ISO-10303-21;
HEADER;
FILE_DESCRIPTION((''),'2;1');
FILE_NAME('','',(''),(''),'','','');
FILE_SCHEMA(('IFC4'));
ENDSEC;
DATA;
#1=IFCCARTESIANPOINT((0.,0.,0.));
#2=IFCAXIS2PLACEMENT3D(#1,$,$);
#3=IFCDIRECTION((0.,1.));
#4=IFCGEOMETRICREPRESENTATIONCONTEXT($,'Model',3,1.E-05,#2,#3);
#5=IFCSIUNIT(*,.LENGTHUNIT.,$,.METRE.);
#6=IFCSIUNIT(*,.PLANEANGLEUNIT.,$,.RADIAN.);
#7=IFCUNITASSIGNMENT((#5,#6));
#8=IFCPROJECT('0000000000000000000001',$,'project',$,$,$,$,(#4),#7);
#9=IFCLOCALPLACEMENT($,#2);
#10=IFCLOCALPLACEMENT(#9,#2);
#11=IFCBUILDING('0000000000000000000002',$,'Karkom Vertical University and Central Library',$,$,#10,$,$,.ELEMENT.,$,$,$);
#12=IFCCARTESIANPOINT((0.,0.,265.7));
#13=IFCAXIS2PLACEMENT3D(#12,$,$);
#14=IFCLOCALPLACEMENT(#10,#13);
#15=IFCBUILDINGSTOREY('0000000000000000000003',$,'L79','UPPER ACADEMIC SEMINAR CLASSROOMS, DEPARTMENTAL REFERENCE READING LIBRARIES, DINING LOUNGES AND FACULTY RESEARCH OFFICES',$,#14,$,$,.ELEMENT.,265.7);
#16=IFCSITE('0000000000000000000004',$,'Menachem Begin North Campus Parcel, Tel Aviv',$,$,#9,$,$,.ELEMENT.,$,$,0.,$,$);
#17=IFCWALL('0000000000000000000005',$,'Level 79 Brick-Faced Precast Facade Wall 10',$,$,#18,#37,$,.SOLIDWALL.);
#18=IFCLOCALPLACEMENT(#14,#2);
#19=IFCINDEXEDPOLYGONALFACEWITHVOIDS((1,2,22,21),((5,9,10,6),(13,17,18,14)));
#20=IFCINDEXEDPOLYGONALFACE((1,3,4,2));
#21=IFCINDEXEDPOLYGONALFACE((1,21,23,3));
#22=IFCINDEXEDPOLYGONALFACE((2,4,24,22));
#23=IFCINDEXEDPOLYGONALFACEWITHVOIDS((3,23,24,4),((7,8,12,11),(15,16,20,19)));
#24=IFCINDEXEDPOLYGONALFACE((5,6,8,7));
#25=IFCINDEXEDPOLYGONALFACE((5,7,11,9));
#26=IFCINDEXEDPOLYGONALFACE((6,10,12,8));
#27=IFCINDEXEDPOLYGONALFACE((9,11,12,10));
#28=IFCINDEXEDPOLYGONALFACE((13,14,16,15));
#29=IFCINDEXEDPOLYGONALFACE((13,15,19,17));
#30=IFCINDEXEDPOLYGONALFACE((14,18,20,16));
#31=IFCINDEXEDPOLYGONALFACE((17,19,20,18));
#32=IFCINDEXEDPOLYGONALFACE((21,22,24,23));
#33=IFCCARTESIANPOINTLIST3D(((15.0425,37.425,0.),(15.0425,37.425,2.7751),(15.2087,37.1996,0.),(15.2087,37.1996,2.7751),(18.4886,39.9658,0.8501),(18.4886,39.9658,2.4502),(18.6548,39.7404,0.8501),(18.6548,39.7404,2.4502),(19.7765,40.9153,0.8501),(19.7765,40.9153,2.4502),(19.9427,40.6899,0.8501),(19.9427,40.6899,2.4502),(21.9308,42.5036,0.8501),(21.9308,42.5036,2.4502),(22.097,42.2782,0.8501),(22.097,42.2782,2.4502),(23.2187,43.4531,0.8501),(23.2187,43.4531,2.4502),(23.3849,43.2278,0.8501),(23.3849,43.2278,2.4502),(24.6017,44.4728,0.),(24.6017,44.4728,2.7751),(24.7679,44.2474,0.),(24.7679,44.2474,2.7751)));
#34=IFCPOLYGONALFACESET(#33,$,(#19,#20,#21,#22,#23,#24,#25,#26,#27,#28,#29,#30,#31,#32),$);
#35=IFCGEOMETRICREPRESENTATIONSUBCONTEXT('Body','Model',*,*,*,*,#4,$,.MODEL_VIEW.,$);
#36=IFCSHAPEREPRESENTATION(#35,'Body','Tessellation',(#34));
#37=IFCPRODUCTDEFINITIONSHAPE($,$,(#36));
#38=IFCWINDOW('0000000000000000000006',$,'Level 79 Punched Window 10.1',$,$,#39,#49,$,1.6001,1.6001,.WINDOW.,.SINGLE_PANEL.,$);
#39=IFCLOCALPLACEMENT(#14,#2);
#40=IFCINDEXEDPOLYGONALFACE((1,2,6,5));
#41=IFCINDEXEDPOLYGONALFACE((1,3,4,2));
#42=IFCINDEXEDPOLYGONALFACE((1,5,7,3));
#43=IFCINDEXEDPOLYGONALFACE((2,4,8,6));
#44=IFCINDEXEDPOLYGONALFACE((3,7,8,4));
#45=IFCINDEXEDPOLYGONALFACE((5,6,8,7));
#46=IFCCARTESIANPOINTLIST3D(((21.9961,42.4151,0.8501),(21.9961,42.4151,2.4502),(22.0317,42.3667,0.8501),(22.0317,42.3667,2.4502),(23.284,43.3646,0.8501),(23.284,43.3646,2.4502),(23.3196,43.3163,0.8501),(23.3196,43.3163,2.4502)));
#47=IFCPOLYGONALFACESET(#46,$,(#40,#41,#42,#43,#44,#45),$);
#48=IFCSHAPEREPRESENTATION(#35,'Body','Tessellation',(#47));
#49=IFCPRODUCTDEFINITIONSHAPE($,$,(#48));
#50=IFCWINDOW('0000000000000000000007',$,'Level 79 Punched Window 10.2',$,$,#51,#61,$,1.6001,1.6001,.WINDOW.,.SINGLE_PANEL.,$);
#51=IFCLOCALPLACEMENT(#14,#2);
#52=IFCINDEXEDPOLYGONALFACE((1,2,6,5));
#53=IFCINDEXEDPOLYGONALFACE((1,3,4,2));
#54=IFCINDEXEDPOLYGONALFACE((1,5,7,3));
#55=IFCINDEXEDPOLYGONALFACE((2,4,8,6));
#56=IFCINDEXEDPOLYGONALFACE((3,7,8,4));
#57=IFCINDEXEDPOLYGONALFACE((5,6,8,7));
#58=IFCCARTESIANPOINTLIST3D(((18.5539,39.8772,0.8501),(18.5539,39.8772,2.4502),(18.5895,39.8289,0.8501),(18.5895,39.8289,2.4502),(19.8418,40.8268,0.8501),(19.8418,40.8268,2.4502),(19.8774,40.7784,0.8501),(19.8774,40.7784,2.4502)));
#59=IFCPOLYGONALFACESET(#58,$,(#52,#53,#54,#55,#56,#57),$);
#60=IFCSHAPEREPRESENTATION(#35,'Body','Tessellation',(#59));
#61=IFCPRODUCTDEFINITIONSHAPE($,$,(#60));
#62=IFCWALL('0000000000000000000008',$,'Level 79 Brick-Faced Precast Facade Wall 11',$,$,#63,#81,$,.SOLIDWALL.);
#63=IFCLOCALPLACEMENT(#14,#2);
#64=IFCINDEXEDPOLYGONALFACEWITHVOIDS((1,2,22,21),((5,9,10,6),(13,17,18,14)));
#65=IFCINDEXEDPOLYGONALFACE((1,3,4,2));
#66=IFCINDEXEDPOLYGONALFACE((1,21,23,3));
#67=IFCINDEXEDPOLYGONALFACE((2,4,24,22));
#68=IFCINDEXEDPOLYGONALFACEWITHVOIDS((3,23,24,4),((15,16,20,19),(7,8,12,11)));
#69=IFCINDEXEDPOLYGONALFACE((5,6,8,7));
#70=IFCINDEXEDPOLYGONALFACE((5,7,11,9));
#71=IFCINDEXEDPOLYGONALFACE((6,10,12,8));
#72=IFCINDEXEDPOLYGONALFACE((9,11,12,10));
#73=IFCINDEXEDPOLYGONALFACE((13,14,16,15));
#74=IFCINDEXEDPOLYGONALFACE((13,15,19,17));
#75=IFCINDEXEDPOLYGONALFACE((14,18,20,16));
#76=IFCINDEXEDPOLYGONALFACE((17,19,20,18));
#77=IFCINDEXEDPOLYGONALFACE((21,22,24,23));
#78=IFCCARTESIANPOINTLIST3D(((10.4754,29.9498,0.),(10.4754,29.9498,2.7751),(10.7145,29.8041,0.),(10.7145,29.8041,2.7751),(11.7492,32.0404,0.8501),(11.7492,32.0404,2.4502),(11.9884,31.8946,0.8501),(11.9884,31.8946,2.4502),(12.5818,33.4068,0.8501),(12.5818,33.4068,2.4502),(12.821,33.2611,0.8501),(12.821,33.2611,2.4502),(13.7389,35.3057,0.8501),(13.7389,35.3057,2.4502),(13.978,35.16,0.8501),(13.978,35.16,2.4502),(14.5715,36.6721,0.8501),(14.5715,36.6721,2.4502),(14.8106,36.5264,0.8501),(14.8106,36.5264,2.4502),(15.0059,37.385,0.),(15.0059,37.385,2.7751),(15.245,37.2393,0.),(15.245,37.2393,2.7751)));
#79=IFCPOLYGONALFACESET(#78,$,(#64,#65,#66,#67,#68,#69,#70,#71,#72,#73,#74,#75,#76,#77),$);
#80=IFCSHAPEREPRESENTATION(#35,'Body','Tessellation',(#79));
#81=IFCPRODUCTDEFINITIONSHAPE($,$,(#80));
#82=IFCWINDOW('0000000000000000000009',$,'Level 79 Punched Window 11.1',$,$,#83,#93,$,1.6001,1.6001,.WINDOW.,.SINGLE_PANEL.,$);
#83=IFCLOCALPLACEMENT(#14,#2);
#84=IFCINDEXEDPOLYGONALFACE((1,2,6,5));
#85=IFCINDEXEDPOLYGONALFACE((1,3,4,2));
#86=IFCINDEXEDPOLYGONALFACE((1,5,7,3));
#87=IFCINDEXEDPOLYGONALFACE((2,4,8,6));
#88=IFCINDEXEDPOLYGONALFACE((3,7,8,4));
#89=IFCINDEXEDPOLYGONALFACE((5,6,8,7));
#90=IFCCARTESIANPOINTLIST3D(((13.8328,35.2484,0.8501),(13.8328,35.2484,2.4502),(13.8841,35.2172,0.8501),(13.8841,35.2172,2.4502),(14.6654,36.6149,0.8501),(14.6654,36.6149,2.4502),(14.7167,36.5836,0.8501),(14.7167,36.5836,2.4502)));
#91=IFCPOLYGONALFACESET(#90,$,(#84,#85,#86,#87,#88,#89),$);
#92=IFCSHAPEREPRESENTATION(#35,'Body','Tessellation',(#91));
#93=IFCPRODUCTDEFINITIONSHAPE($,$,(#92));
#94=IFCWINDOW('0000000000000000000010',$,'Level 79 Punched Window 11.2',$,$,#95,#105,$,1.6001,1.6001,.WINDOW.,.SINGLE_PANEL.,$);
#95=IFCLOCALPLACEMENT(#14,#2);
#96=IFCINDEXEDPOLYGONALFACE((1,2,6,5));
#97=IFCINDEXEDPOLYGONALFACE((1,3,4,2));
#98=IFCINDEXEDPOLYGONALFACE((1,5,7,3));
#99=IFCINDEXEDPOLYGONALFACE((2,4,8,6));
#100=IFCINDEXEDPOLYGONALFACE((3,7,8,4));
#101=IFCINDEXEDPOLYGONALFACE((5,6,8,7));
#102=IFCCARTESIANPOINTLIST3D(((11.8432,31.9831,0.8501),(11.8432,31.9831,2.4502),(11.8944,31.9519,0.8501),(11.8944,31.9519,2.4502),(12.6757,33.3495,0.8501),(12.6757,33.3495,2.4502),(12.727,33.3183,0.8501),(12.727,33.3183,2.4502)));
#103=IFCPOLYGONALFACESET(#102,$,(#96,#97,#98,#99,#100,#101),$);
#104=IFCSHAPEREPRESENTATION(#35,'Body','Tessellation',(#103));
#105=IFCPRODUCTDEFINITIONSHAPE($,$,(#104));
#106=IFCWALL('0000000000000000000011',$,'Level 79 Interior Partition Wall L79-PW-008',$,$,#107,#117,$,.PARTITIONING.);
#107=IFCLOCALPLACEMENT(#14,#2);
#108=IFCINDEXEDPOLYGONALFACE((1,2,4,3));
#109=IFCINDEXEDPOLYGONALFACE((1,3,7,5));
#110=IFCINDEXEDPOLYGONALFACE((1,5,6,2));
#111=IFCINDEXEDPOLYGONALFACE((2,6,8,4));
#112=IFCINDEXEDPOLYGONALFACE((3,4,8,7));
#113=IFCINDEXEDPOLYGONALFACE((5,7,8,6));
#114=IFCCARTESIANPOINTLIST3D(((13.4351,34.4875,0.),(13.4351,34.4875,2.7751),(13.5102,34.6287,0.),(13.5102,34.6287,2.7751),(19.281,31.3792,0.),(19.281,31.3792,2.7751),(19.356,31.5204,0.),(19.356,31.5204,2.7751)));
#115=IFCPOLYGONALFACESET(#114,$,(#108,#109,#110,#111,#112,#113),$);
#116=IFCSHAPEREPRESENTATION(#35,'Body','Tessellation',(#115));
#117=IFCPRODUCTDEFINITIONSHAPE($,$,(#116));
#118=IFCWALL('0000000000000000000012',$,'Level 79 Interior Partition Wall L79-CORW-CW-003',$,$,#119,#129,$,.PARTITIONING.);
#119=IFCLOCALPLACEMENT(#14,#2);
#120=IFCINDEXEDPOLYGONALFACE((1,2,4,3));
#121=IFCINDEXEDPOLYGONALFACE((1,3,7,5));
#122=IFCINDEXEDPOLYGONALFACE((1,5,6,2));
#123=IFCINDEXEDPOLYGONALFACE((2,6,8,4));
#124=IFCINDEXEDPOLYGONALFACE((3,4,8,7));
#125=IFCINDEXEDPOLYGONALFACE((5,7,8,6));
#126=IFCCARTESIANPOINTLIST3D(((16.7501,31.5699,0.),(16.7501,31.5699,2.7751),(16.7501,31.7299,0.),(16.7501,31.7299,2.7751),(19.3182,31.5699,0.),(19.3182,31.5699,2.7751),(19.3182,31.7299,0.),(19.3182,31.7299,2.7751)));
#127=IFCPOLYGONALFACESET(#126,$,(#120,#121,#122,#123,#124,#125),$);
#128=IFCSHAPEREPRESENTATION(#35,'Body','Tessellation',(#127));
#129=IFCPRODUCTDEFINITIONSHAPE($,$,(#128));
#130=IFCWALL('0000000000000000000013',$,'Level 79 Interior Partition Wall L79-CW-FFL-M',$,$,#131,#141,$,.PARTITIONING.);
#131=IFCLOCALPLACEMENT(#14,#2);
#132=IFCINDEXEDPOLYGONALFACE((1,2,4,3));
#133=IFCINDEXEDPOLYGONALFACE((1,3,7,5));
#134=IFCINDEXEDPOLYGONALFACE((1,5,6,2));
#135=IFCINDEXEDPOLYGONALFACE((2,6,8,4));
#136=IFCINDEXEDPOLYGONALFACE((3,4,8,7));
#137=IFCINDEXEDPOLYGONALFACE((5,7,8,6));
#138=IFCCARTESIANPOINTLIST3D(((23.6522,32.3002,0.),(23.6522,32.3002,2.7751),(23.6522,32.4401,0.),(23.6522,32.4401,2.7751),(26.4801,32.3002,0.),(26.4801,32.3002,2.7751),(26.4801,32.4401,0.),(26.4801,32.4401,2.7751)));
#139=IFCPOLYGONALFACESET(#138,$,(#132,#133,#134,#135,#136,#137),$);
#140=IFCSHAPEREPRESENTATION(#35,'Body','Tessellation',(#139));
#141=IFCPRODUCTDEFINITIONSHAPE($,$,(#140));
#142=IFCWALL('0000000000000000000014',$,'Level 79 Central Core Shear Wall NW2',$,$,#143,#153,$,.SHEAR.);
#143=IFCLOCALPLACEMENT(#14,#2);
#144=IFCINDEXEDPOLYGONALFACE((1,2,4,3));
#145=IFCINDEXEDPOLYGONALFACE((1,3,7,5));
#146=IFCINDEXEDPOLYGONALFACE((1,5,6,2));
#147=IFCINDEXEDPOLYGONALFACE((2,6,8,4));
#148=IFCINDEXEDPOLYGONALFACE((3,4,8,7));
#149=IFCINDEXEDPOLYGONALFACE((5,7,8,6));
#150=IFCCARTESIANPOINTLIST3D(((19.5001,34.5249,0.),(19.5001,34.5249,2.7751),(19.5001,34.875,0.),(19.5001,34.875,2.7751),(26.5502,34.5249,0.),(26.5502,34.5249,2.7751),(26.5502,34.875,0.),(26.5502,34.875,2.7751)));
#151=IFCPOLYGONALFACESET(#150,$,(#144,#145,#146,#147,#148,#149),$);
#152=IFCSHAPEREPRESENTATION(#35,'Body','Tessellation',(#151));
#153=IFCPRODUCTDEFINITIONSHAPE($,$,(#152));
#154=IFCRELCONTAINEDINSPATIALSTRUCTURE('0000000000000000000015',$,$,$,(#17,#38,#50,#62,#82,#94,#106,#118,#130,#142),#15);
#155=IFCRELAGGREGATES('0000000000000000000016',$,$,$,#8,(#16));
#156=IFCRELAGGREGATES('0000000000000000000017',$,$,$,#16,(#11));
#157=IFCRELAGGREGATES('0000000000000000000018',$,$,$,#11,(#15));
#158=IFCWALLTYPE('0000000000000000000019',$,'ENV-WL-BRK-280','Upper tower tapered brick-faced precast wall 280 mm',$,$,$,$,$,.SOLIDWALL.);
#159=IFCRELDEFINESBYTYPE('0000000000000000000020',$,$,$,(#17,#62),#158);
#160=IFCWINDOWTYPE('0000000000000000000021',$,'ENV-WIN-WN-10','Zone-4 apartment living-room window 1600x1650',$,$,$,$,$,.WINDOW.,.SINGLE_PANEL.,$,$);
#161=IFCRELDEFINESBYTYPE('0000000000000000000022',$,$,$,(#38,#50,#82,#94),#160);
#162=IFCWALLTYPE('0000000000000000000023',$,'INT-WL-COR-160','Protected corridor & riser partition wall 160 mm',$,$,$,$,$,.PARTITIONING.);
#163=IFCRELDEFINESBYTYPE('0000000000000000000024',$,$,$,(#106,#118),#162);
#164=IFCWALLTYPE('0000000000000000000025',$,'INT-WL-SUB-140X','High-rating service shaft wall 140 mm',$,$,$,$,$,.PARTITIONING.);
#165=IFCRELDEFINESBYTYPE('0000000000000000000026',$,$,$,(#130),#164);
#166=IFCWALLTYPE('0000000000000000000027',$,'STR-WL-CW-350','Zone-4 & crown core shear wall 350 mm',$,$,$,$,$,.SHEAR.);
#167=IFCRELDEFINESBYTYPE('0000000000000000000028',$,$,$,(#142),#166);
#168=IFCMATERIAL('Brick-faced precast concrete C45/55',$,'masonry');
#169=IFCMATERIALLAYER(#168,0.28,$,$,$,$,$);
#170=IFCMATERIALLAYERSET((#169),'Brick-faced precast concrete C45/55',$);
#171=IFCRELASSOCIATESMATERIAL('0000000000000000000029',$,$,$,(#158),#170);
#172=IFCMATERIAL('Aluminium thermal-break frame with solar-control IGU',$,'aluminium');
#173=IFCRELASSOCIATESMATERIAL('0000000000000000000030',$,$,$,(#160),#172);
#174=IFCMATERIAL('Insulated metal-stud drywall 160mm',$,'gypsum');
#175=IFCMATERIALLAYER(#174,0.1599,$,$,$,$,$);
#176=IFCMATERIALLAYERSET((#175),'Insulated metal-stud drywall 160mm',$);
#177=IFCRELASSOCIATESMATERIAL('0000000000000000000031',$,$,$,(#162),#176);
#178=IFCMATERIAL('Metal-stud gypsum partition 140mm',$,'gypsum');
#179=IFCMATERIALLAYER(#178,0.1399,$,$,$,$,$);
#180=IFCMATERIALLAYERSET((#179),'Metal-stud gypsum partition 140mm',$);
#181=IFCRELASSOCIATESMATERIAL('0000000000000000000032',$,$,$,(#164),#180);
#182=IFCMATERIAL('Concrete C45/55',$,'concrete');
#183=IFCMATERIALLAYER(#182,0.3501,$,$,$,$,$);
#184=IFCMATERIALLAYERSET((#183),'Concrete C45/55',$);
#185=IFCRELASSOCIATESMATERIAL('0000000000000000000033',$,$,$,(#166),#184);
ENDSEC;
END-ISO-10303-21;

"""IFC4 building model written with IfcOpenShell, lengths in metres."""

from ifc_helpers import new_model, si_unit, direction, frame, frame_2d, origin, origin_with_axes, place, context, subcontext, project, spatial, rectangle, extrude, source, transform, mapped, material, layer, layer_set, type_object, element, fill, save


model = new_model("IFC4")

# Units and contexts
model_context = context("Model", 3, precision=1e-05, world=origin(), true_north=direction((0.0, 1.0)))
body_context = subcontext(model_context, "Body", "Model", "MODEL_VIEW")
ifc_project = project(units=[si_unit("LENGTHUNIT", "METRE"), si_unit("PLANEANGLEUNIT", "RADIAN")], contexts=[model_context])

# Site, building, storey
site_placement = place(None, origin())
site = spatial("IfcSite", under=ifc_project, at=site_placement, Name="Menachem Begin North Campus Parcel, Tel Aviv", CompositionType="ELEMENT", RefElevation=0.0)
building_placement = place(site_placement, origin())
building = spatial("IfcBuilding", under=site, at=building_placement, Name="Karkom Vertical University and Central Library", CompositionType="ELEMENT")
storey_placement = place(building_placement, frame((0.0, 0.0, 265.7)))
storey = spatial("IfcBuildingStorey", under=building, at=storey_placement, Name="L79", Description="UPPER ACADEMIC SEMINAR CLASSROOMS, DEPARTMENTAL REFERENCE READING LIBRARIES, DINING LOUNGES AND FACULTY RESEARCH OFFICES", CompositionType="ELEMENT", Elevation=265.7)

# Shared definitions
ifc_material_1 = material(Name="Concrete C45/55", Category="concrete")

# Walls, openings, windows
ifc_material_2 = material(Name="Brick-faced precast concrete C45/55", Category="masonry")
ifc_layer_1 = layer(ifc_material_2, 0.28)
ifc_layer_set_1 = layer_set([ifc_layer_1], Name="Brick-faced precast concrete C45/55")
wall_type_1 = type_object("IfcWallType", Name="ENV-WL-BRK-280", Description="Upper tower tapered brick-faced precast wall 280 mm", PredefinedType="SOLIDWALL", material=ifc_layer_set_1)
wall_1_placement = place(storey_placement, frame((24.6848, 44.3601, 0.0), z_axis=(0.0, 0.0, 1.0), x_axis=(-0.804889, -0.593425, 0.0)))
wall_1 = element("IfcWall", 1, at=wall_1_placement, inside=storey, type_object=wall_type_1, Name="Level 79 Brick-Faced Precast Facade Wall 10", PredefinedType="SOLIDWALL", context=body_context, shape_type="SweptSolid", body=[
    extrude(rectangle(XDim=11.8765, YDim=0.28, at=frame_2d((5.9382, 0.0))), origin(), (0.0, 0.0, 1.0), 2.7751),
])
opening_1_placement = place(wall_1_placement, frame((1.7183, 0.0, 0.8501)))
opening_1 = element("IfcOpeningElement", 2, at=opening_1_placement, cuts=wall_1, PredefinedType="OPENING", context=body_context, shape_type="SweptSolid", body=[
    extrude(rectangle(XDim=1.6001, YDim=1.6001, at=frame_2d((0.8, 0.8))), frame((0.0, 0.1499, 0.0), z_axis=(0.0, -1.0, 0.0), x_axis=(1.0, 0.0, 0.0)), (0.0, 0.0, 1.0), 0.3),
])
opening_2_placement = place(wall_1_placement, frame((5.9949, 0.0, 0.8501)))
opening_2 = element("IfcOpeningElement", 3, at=opening_2_placement, cuts=wall_1, PredefinedType="OPENING", context=body_context, shape_type="SweptSolid", body=[
    extrude(rectangle(XDim=1.6001, YDim=1.6001, at=frame_2d((0.8, 0.8))), frame((0.0, 0.1499, 0.0), z_axis=(0.0, -1.0, 0.0), x_axis=(1.0, 0.0, 0.0)), (0.0, 0.0, 1.0), 0.3),
])
ifc_material_3 = material(Name="Aluminium thermal-break frame with solar-control IGU", Category="aluminium")
window_type = type_object("IfcWindowType", Name="ENV-WIN-WN-10", Description="Zone-4 apartment living-room window 1600x1650", PartitioningType="SINGLE_PANEL", PredefinedType="WINDOW", material=ifc_material_3)
shared_shape_1 = source(origin_with_axes(), body_context, "Body", "SweptSolid", [
    extrude(rectangle(XDim=1.6001, YDim=1.6001, at=frame_2d((0.8, 0.8))), frame((0.0, 0.03, 0.0), z_axis=(0.0, -1.0, 0.0), x_axis=(1.0, 0.0, 0.0)), (0.0, 0.0, 1.0), 0.0601),
])
window_1_placement = place(opening_1_placement, origin())
window_1 = element("IfcWindow", 4, at=window_1_placement, inside=storey, type_object=window_type, Name="Level 79 Punched Window 10.1", OverallHeight=1.6001, OverallWidth=1.6001, PartitioningType="SINGLE_PANEL", PredefinedType="WINDOW", context=body_context, shape_type="MappedRepresentation", body=[
    mapped(shared_shape_1, transform((0.0, 0.0, 0.0), scale=1.0)),
])
fill(opening_1, window_1)
window_2_placement = place(opening_2_placement, origin())
window_2 = element("IfcWindow", 5, at=window_2_placement, inside=storey, type_object=window_type, Name="Level 79 Punched Window 10.2", OverallHeight=1.6001, OverallWidth=1.6001, PartitioningType="SINGLE_PANEL", PredefinedType="WINDOW", context=body_context, shape_type="MappedRepresentation", body=[
    mapped(shared_shape_1, transform((0.0, 0.0, 0.0), scale=1.0)),
])
fill(opening_2, window_2)
wall_2_placement = place(storey_placement, frame((15.1255, 37.3123, 0.0), z_axis=(0.0, 0.0, 1.0), x_axis=(-0.520339, -0.85396, 0.0)))
wall_2 = element("IfcWall", 6, at=wall_2_placement, inside=storey, type_object=wall_type_1, Name="Level 79 Brick-Faced Precast Facade Wall 11", PredefinedType="SOLIDWALL", context=body_context, shape_type="SweptSolid", body=[
    extrude(rectangle(XDim=8.7068, YDim=0.28, at=frame_2d((4.3535, 0.0))), origin(), (0.0, 0.0, 1.0), 2.7751),
])
opening_3_placement = place(wall_2_placement, frame((0.835, 0.0, 0.8501)))
opening_3 = element("IfcOpeningElement", 7, at=opening_3_placement, cuts=wall_2, PredefinedType="OPENING", context=body_context, shape_type="SweptSolid", body=[
    extrude(rectangle(XDim=1.6001, YDim=1.6001, at=frame_2d((0.8, 0.8))), frame((0.0, 0.1499, 0.0), z_axis=(0.0, -1.0, 0.0), x_axis=(1.0, 0.0, 0.0)), (0.0, 0.0, 1.0), 0.3),
])
opening_4_placement = place(wall_2_placement, frame((4.6587, 0.0, 0.8501)))
opening_4 = element("IfcOpeningElement", 8, at=opening_4_placement, cuts=wall_2, PredefinedType="OPENING", context=body_context, shape_type="SweptSolid", body=[
    extrude(rectangle(XDim=1.6001, YDim=1.6001, at=frame_2d((0.8, 0.8))), frame((0.0, 0.1499, 0.0), z_axis=(0.0, -1.0, 0.0), x_axis=(1.0, 0.0, 0.0)), (0.0, 0.0, 1.0), 0.3),
])
window_3_placement = place(opening_3_placement, origin())
window_3 = element("IfcWindow", 9, at=window_3_placement, inside=storey, type_object=window_type, Name="Level 79 Punched Window 11.1", OverallHeight=1.6001, OverallWidth=1.6001, PartitioningType="SINGLE_PANEL", PredefinedType="WINDOW", context=body_context, shape_type="MappedRepresentation", body=[
    mapped(shared_shape_1, transform((0.0, 0.0, 0.0), scale=1.0)),
])
fill(opening_3, window_3)
window_4_placement = place(opening_4_placement, origin())
window_4 = element("IfcWindow", 10, at=window_4_placement, inside=storey, type_object=window_type, Name="Level 79 Punched Window 11.2", OverallHeight=1.6001, OverallWidth=1.6001, PartitioningType="SINGLE_PANEL", PredefinedType="WINDOW", context=body_context, shape_type="MappedRepresentation", body=[
    mapped(shared_shape_1, transform((0.0, 0.0, 0.0), scale=1.0)),
])
fill(opening_4, window_4)

# Walls
ifc_material_4 = material(Name="Insulated metal-stud drywall 160mm", Category="gypsum")
ifc_layer_2 = layer(ifc_material_4, 0.1599)
ifc_layer_set_2 = layer_set([ifc_layer_2], Name="Insulated metal-stud drywall 160mm")
wall_type_2 = type_object("IfcWallType", Name="INT-WL-COR-160", Description="Protected corridor & riser partition wall 160 mm", PredefinedType="PARTITIONING", material=ifc_layer_set_2)
wall_3_placement = place(storey_placement, frame((19.3186, 31.4497, 0.0), z_axis=(0.0, 0.0, 1.0), x_axis=(-0.882944, 0.469478, 0.0)))
element("IfcWall", 11, at=wall_3_placement, inside=storey, type_object=wall_type_2, Name="Level 79 Interior Partition Wall L79-PW-008", PredefinedType="PARTITIONING", context=body_context, shape_type="SweptSolid", body=[
    extrude(rectangle(XDim=6.6208, YDim=0.1599, at=frame_2d((3.3105, 0.0))), origin(), (0.0, 0.0, 1.0), 2.7751),
])
wall_4_placement = place(storey_placement, frame((16.75, 31.6499, 0.0), z_axis=(0.0, 0.0, 1.0), x_axis=(1.0, 0.0, 0.0)))
element("IfcWall", 12, at=wall_4_placement, inside=storey, type_object=wall_type_2, Name="Level 79 Interior Partition Wall L79-CORW-CW-003", PredefinedType="PARTITIONING", context=body_context, shape_type="SweptSolid", body=[
    extrude(rectangle(XDim=2.5681, YDim=0.1599, at=frame_2d((1.2842, 0.0))), origin(), (0.0, 0.0, 1.0), 2.7751),
])
ifc_material_5 = material(Name="Metal-stud gypsum partition 140mm", Category="gypsum")
ifc_layer_3 = layer(ifc_material_5, 0.1399)
ifc_layer_set_3 = layer_set([ifc_layer_3], Name="Metal-stud gypsum partition 140mm")
wall_type_3 = type_object("IfcWallType", Name="INT-WL-SUB-140X", Description="High-rating service shaft wall 140 mm", PredefinedType="PARTITIONING", material=ifc_layer_set_3)
wall_5_placement = place(storey_placement, frame((23.6521, 32.3701, 0.0), z_axis=(0.0, 0.0, 1.0), x_axis=(1.0, 0.0, 0.0)))
element("IfcWall", 13, at=wall_5_placement, inside=storey, type_object=wall_type_3, Name="Level 79 Interior Partition Wall L79-CW-FFL-M", PredefinedType="PARTITIONING", context=body_context, shape_type="SweptSolid", body=[
    extrude(rectangle(XDim=2.8279, YDim=0.1399, at=frame_2d((1.4141, 0.0))), origin(), (0.0, 0.0, 1.0), 2.7751),
])
ifc_layer_4 = layer(ifc_material_1, 0.3501)
ifc_layer_set_4 = layer_set([ifc_layer_4], Name="Concrete C45/55")
wall_type_4 = type_object("IfcWallType", Name="STR-WL-CW-350", Description="Zone-4 & crown core shear wall 350 mm", PredefinedType="SHEAR", material=ifc_layer_set_4)
wall_6_placement = place(storey_placement, frame((26.55, 34.7, 0.0), z_axis=(0.0, 0.0, 1.0), x_axis=(-1.0, 0.0, 0.0)))
element("IfcWall", 14, at=wall_6_placement, inside=storey, type_object=wall_type_4, Name="Level 79 Central Core Shear Wall NW2", PredefinedType="SHEAR", context=body_context, shape_type="SweptSolid", body=[
    extrude(rectangle(XDim=7.05, YDim=0.3501, at=frame_2d((3.5249, 0.0))), origin(), (0.0, 0.0, 1.0), 2.7751),
])

save(model, "model.ifc")
